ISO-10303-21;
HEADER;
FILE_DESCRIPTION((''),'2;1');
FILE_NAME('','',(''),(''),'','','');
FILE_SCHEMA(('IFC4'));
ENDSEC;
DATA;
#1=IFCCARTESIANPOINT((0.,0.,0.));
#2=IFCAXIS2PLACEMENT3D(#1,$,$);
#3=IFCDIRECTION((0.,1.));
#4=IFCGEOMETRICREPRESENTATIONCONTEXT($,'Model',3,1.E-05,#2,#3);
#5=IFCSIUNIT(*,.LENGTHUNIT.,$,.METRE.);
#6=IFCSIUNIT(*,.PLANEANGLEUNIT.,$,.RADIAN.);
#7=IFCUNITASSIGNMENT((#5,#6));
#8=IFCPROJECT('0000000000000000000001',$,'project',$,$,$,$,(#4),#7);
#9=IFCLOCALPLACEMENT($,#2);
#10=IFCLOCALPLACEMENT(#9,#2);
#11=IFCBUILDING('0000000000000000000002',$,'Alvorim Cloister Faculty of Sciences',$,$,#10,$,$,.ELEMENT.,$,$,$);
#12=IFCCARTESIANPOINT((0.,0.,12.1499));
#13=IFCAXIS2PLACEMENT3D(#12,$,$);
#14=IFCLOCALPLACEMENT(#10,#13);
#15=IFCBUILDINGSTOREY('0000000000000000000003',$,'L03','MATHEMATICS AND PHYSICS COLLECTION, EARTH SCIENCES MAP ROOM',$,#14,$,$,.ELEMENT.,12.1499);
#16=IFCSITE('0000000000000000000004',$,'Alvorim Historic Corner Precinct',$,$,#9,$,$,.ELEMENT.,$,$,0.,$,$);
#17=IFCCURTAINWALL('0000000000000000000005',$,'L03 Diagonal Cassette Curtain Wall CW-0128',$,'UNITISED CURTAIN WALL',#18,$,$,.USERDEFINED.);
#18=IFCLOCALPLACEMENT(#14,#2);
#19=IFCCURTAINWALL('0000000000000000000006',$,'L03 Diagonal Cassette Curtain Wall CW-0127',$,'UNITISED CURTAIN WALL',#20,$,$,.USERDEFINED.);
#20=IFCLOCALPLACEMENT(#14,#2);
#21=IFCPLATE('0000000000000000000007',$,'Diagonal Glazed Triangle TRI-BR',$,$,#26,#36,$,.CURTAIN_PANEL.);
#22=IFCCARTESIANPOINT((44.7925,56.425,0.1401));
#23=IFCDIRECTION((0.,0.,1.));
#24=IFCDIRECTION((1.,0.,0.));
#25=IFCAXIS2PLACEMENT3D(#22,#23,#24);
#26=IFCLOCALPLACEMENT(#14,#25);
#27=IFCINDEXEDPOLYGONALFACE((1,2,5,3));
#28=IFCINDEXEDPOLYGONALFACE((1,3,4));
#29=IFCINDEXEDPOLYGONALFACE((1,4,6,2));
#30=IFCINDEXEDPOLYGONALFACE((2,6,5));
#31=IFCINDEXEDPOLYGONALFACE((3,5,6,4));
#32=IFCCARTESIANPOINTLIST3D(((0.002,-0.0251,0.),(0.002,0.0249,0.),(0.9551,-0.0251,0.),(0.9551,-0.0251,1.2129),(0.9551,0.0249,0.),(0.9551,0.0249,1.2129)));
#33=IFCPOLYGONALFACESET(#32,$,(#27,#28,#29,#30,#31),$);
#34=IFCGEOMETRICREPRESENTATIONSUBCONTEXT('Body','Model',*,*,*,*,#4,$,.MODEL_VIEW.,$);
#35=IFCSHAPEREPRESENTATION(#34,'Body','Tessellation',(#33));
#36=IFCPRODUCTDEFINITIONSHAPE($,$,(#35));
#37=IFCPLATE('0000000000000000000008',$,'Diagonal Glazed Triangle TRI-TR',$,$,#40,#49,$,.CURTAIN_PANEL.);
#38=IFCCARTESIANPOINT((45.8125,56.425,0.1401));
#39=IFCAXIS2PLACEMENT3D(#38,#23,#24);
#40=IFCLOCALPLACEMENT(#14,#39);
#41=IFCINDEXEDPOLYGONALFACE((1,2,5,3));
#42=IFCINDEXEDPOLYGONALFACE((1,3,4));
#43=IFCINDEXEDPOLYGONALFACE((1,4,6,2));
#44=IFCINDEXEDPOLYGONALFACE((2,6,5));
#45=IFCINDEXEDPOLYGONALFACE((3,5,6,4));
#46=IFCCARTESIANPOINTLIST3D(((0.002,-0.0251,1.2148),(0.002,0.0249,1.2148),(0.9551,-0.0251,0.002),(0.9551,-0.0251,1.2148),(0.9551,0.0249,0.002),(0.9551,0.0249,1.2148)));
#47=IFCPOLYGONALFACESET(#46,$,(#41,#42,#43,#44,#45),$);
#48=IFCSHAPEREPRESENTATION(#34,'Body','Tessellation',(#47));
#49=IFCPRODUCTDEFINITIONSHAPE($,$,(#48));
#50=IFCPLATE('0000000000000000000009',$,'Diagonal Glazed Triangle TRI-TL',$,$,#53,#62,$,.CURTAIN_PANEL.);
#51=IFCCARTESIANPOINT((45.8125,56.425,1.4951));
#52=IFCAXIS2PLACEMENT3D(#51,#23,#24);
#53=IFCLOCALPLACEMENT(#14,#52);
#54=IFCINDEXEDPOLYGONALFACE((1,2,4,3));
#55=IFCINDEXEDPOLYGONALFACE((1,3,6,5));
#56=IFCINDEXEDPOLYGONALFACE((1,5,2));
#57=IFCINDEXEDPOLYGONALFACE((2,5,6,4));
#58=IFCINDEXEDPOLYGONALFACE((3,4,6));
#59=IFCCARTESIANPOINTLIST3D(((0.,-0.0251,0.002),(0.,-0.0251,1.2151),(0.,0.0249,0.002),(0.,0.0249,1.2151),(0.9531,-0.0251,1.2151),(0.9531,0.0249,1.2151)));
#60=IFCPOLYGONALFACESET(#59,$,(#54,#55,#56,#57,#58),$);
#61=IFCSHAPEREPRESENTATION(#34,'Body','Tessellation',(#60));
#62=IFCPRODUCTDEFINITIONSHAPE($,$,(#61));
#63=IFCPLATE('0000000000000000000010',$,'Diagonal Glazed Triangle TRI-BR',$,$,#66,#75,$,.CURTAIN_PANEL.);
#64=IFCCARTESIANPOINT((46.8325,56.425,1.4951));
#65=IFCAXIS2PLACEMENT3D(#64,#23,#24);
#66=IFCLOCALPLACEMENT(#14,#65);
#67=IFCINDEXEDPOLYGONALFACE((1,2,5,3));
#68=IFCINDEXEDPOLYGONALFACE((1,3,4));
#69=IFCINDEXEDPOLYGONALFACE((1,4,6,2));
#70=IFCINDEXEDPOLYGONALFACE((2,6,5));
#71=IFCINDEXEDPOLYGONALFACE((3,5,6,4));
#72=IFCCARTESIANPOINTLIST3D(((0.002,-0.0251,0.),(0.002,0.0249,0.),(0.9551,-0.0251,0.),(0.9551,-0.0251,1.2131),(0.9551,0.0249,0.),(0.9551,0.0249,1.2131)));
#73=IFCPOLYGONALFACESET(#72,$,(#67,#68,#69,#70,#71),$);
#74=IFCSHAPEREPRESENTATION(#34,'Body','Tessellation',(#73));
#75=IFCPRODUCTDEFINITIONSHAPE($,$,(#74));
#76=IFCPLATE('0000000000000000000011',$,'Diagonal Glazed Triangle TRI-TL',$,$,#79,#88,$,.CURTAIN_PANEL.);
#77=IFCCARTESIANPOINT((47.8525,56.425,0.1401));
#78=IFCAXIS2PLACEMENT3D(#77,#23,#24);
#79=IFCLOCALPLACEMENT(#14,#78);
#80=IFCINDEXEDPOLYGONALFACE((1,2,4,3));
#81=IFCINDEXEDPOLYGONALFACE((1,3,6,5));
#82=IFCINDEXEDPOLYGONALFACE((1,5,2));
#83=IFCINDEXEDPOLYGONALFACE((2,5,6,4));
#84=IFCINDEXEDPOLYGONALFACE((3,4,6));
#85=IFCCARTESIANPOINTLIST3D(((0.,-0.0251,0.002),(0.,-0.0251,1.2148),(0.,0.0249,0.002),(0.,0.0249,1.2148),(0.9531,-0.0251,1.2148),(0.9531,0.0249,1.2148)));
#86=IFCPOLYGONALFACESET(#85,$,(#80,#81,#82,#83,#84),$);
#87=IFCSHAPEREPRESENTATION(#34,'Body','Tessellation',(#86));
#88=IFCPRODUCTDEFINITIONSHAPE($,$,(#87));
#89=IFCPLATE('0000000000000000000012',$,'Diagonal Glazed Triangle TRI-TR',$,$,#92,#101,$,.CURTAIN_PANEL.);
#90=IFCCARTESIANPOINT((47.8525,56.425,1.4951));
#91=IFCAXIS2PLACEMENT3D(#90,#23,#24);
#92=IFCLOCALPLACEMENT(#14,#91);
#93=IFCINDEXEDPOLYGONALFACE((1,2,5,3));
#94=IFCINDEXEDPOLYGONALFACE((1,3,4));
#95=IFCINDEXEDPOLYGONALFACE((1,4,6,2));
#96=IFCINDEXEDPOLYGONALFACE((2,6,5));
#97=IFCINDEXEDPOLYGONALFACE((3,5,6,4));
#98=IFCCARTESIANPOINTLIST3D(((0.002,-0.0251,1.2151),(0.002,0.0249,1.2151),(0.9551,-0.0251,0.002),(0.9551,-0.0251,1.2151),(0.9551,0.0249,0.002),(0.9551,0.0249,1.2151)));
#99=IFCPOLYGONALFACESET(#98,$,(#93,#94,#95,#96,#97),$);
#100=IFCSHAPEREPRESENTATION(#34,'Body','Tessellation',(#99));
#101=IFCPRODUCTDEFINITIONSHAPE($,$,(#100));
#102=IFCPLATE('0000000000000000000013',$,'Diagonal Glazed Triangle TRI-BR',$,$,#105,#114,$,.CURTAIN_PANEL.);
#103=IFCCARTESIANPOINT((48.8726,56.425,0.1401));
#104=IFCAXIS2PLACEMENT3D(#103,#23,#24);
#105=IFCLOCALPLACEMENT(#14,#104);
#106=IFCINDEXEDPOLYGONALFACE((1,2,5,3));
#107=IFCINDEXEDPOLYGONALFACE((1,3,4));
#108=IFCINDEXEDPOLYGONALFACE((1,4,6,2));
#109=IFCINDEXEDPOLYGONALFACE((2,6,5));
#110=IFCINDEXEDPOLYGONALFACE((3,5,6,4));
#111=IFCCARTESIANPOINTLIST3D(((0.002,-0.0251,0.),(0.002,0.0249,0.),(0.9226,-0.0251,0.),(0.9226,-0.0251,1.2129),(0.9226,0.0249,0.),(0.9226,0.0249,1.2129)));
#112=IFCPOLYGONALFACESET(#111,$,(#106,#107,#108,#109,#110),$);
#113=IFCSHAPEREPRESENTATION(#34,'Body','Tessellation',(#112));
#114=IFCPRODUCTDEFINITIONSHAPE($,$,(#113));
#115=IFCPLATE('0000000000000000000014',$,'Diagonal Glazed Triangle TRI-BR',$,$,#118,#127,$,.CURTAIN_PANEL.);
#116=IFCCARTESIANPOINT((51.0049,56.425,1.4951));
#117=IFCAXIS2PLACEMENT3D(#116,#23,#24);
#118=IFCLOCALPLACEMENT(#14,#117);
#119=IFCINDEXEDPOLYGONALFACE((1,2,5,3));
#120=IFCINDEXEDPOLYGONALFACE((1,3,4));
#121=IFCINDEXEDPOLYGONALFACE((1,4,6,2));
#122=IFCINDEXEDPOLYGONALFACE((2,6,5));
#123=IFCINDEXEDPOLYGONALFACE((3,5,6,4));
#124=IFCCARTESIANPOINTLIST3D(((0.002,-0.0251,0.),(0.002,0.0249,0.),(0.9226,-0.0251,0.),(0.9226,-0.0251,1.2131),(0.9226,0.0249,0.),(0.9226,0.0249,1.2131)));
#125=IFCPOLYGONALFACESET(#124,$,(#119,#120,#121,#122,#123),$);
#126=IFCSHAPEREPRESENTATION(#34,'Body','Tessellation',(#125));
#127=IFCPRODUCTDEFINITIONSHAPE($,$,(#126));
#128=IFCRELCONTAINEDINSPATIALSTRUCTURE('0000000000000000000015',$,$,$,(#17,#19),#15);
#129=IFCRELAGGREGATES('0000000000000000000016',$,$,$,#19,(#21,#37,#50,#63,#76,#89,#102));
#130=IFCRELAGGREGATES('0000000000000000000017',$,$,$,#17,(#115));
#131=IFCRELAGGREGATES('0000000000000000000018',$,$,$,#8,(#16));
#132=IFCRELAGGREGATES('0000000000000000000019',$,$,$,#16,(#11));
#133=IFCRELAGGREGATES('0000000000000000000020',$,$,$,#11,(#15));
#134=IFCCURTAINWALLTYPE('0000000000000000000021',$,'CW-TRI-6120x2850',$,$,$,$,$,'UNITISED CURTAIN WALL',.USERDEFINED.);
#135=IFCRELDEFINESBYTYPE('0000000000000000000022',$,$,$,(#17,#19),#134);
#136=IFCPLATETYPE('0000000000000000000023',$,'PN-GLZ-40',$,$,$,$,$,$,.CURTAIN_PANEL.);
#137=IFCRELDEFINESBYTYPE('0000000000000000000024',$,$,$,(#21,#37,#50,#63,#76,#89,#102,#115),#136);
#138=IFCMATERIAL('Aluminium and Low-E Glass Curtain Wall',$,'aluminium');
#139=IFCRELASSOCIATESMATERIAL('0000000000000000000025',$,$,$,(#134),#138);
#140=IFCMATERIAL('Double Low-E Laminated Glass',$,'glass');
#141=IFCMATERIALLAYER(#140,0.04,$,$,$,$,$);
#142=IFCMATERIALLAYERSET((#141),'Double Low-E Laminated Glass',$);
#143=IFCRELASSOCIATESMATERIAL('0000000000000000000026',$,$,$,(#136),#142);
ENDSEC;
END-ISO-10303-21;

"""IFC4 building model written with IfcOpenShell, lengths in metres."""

from ifc_helpers import new_model, si_unit, direction, frame, origin, place, context, subcontext, project, spatial, polyline, outline, extrude, material, layer, layer_set, type_object, element, aggregate, save


model = new_model("IFC4")

# Units and contexts
model_context = context("Model", 3, precision=1e-05, world=origin(), true_north=direction((0.0, 1.0)))
body_context = subcontext(model_context, "Body", "Model", "MODEL_VIEW")
ifc_project = project(units=[si_unit("LENGTHUNIT", "METRE"), si_unit("PLANEANGLEUNIT", "RADIAN")], contexts=[model_context])

# Site, building, storey
site_placement = place(None, origin())
site = spatial("IfcSite", under=ifc_project, at=site_placement, Name="Alvorim Historic Corner Precinct", CompositionType="ELEMENT", RefElevation=0.0)
building_placement = place(site_placement, origin())
building = spatial("IfcBuilding", under=site, at=building_placement, Name="Alvorim Cloister Faculty of Sciences", CompositionType="ELEMENT")
storey_placement = place(building_placement, frame((0.0, 0.0, 12.1499)))
storey = spatial("IfcBuildingStorey", under=building, at=storey_placement, Name="L03", Description="MATHEMATICS AND PHYSICS COLLECTION, EARTH SCIENCES MAP ROOM", CompositionType="ELEMENT", Elevation=12.1499)

# Curtain wall
ifc_material_1 = material(Name="Aluminium and Low-E Glass Curtain Wall", Category="aluminium")
curtain_wall_type = type_object("IfcCurtainWallType", Name="CW-TRI-6120x2850", ElementType="UNITISED CURTAIN WALL", PredefinedType="USERDEFINED", material=ifc_material_1)
curtain_wall_1_placement = place(storey_placement, origin())
curtain_wall_1 = element("IfcCurtainWall", 1, at=curtain_wall_1_placement, inside=storey, type_object=curtain_wall_type, Name="L03 Diagonal Cassette Curtain Wall CW-0128", ObjectType="UNITISED CURTAIN WALL", PredefinedType="USERDEFINED")

# Curtain wall, plates
curtain_wall_2_placement = place(storey_placement, origin())
curtain_wall_2 = element("IfcCurtainWall", 2, at=curtain_wall_2_placement, inside=storey, type_object=curtain_wall_type, Name="L03 Diagonal Cassette Curtain Wall CW-0127", ObjectType="UNITISED CURTAIN WALL", PredefinedType="USERDEFINED")
ifc_material_2 = material(Name="Double Low-E Laminated Glass", Category="glass")
ifc_layer_1 = layer(ifc_material_2, 0.04)
ifc_layer_set_1 = layer_set([ifc_layer_1], Name="Double Low-E Laminated Glass")
plate_type = type_object("IfcPlateType", Name="PN-GLZ-40", PredefinedType="CURTAIN_PANEL", material=ifc_layer_set_1)
plate_1_placement = place(storey_placement, frame((44.7925, 56.425, 0.1401), z_axis=(0.0, 0.0, 1.0), x_axis=(1.0, 0.0, 0.0)))
plate_1 = element("IfcPlate", 3, at=plate_1_placement, type_object=plate_type, Name="Diagonal Glazed Triangle TRI-BR", PredefinedType="CURTAIN_PANEL", context=body_context, shape_type="SweptSolid", body=[
    extrude(outline(polyline([(0.002, 0.0), (0.9551, 0.0), (0.9551, 1.2129), (0.002, 0.0)])), frame((0.0, 0.0249, 0.0), z_axis=(0.0, -1.0, 0.0), x_axis=(1.0, 0.0, 0.0)), (0.0, 0.0, 1.0), 0.05),
])
plate_2_placement = place(storey_placement, frame((45.8125, 56.425, 0.1401), z_axis=(0.0, 0.0, 1.0), x_axis=(1.0, 0.0, 0.0)))
plate_2 = element("IfcPlate", 4, at=plate_2_placement, type_object=plate_type, Name="Diagonal Glazed Triangle TRI-TR", PredefinedType="CURTAIN_PANEL", context=body_context, shape_type="SweptSolid", body=[
    extrude(outline(polyline([(0.9551, 0.002), (0.9551, 1.2148), (0.002, 1.2148), (0.9551, 0.002)])), frame((0.0, 0.0249, 0.0), z_axis=(0.0, -1.0, 0.0), x_axis=(1.0, 0.0, 0.0)), (0.0, 0.0, 1.0), 0.05),
])
plate_3_placement = place(storey_placement, frame((45.8125, 56.425, 1.4951), z_axis=(0.0, 0.0, 1.0), x_axis=(1.0, 0.0, 0.0)))
plate_3 = element("IfcPlate", 5, at=plate_3_placement, type_object=plate_type, Name="Diagonal Glazed Triangle TRI-TL", PredefinedType="CURTAIN_PANEL", context=body_context, shape_type="SweptSolid", body=[
    extrude(outline(polyline([(0.9531, 1.2151), (0.0, 1.2151), (0.0, 0.002), (0.9531, 1.2151)])), frame((0.0, 0.0249, 0.0), z_axis=(0.0, -1.0, 0.0), x_axis=(1.0, 0.0, 0.0)), (0.0, 0.0, 1.0), 0.05),
])
plate_4_placement = place(storey_placement, frame((46.8325, 56.425, 1.4951), z_axis=(0.0, 0.0, 1.0), x_axis=(1.0, 0.0, 0.0)))
plate_4 = element("IfcPlate", 6, at=plate_4_placement, type_object=plate_type, Name="Diagonal Glazed Triangle TRI-BR", PredefinedType="CURTAIN_PANEL", context=body_context, shape_type="SweptSolid", body=[
    extrude(outline(polyline([(0.002, 0.0), (0.9551, 0.0), (0.9551, 1.2131), (0.002, 0.0)])), frame((0.0, 0.0249, 0.0), z_axis=(0.0, -1.0, 0.0), x_axis=(1.0, 0.0, 0.0)), (0.0, 0.0, 1.0), 0.05),
])
plate_5_placement = place(storey_placement, frame((47.8525, 56.425, 0.1401), z_axis=(0.0, 0.0, 1.0), x_axis=(1.0, 0.0, 0.0)))
plate_5 = element("IfcPlate", 7, at=plate_5_placement, type_object=plate_type, Name="Diagonal Glazed Triangle TRI-TL", PredefinedType="CURTAIN_PANEL", context=body_context, shape_type="SweptSolid", body=[
    extrude(outline(polyline([(0.9531, 1.2148), (0.0, 1.2148), (0.0, 0.002), (0.9531, 1.2148)])), frame((0.0, 0.0249, 0.0), z_axis=(0.0, -1.0, 0.0), x_axis=(1.0, 0.0, 0.0)), (0.0, 0.0, 1.0), 0.05),
])
plate_6_placement = place(storey_placement, frame((47.8525, 56.425, 1.4951), z_axis=(0.0, 0.0, 1.0), x_axis=(1.0, 0.0, 0.0)))
plate_6 = element("IfcPlate", 8, at=plate_6_placement, type_object=plate_type, Name="Diagonal Glazed Triangle TRI-TR", PredefinedType="CURTAIN_PANEL", context=body_context, shape_type="SweptSolid", body=[
    extrude(outline(polyline([(0.9551, 0.002), (0.9551, 1.2151), (0.002, 1.2151), (0.9551, 0.002)])), frame((0.0, 0.0249, 0.0), z_axis=(0.0, -1.0, 0.0), x_axis=(1.0, 0.0, 0.0)), (0.0, 0.0, 1.0), 0.05),
])
plate_7_placement = place(storey_placement, frame((48.8726, 56.425, 0.1401), z_axis=(0.0, 0.0, 1.0), x_axis=(1.0, 0.0, 0.0)))
plate_7 = element("IfcPlate", 9, at=plate_7_placement, type_object=plate_type, Name="Diagonal Glazed Triangle TRI-BR", PredefinedType="CURTAIN_PANEL", context=body_context, shape_type="SweptSolid", body=[
    extrude(outline(polyline([(0.002, 0.0), (0.9226, 0.0), (0.9226, 1.2129), (0.002, 0.0)])), frame((0.0, 0.0249, 0.0), z_axis=(0.0, -1.0, 0.0), x_axis=(1.0, 0.0, 0.0)), (0.0, 0.0, 1.0), 0.05),
])
aggregate(curtain_wall_2, [plate_1, plate_2, plate_3, plate_4, plate_5, plate_6, plate_7])

# Plate
plate_8_placement = place(storey_placement, frame((51.0049, 56.425, 1.4951), z_axis=(0.0, 0.0, 1.0), x_axis=(1.0, 0.0, 0.0)))
plate_8 = element("IfcPlate", 10, at=plate_8_placement, type_object=plate_type, Name="Diagonal Glazed Triangle TRI-BR", PredefinedType="CURTAIN_PANEL", context=body_context, shape_type="SweptSolid", body=[
    extrude(outline(polyline([(0.002, 0.0), (0.9226, 0.0), (0.9226, 1.2131), (0.002, 0.0)])), frame((0.0, 0.0249, 0.0), z_axis=(0.0, -1.0, 0.0), x_axis=(1.0, 0.0, 0.0)), (0.0, 0.0, 1.0), 0.05),
])
aggregate(curtain_wall_1, [plate_8])

save(model, "model.ifc")
